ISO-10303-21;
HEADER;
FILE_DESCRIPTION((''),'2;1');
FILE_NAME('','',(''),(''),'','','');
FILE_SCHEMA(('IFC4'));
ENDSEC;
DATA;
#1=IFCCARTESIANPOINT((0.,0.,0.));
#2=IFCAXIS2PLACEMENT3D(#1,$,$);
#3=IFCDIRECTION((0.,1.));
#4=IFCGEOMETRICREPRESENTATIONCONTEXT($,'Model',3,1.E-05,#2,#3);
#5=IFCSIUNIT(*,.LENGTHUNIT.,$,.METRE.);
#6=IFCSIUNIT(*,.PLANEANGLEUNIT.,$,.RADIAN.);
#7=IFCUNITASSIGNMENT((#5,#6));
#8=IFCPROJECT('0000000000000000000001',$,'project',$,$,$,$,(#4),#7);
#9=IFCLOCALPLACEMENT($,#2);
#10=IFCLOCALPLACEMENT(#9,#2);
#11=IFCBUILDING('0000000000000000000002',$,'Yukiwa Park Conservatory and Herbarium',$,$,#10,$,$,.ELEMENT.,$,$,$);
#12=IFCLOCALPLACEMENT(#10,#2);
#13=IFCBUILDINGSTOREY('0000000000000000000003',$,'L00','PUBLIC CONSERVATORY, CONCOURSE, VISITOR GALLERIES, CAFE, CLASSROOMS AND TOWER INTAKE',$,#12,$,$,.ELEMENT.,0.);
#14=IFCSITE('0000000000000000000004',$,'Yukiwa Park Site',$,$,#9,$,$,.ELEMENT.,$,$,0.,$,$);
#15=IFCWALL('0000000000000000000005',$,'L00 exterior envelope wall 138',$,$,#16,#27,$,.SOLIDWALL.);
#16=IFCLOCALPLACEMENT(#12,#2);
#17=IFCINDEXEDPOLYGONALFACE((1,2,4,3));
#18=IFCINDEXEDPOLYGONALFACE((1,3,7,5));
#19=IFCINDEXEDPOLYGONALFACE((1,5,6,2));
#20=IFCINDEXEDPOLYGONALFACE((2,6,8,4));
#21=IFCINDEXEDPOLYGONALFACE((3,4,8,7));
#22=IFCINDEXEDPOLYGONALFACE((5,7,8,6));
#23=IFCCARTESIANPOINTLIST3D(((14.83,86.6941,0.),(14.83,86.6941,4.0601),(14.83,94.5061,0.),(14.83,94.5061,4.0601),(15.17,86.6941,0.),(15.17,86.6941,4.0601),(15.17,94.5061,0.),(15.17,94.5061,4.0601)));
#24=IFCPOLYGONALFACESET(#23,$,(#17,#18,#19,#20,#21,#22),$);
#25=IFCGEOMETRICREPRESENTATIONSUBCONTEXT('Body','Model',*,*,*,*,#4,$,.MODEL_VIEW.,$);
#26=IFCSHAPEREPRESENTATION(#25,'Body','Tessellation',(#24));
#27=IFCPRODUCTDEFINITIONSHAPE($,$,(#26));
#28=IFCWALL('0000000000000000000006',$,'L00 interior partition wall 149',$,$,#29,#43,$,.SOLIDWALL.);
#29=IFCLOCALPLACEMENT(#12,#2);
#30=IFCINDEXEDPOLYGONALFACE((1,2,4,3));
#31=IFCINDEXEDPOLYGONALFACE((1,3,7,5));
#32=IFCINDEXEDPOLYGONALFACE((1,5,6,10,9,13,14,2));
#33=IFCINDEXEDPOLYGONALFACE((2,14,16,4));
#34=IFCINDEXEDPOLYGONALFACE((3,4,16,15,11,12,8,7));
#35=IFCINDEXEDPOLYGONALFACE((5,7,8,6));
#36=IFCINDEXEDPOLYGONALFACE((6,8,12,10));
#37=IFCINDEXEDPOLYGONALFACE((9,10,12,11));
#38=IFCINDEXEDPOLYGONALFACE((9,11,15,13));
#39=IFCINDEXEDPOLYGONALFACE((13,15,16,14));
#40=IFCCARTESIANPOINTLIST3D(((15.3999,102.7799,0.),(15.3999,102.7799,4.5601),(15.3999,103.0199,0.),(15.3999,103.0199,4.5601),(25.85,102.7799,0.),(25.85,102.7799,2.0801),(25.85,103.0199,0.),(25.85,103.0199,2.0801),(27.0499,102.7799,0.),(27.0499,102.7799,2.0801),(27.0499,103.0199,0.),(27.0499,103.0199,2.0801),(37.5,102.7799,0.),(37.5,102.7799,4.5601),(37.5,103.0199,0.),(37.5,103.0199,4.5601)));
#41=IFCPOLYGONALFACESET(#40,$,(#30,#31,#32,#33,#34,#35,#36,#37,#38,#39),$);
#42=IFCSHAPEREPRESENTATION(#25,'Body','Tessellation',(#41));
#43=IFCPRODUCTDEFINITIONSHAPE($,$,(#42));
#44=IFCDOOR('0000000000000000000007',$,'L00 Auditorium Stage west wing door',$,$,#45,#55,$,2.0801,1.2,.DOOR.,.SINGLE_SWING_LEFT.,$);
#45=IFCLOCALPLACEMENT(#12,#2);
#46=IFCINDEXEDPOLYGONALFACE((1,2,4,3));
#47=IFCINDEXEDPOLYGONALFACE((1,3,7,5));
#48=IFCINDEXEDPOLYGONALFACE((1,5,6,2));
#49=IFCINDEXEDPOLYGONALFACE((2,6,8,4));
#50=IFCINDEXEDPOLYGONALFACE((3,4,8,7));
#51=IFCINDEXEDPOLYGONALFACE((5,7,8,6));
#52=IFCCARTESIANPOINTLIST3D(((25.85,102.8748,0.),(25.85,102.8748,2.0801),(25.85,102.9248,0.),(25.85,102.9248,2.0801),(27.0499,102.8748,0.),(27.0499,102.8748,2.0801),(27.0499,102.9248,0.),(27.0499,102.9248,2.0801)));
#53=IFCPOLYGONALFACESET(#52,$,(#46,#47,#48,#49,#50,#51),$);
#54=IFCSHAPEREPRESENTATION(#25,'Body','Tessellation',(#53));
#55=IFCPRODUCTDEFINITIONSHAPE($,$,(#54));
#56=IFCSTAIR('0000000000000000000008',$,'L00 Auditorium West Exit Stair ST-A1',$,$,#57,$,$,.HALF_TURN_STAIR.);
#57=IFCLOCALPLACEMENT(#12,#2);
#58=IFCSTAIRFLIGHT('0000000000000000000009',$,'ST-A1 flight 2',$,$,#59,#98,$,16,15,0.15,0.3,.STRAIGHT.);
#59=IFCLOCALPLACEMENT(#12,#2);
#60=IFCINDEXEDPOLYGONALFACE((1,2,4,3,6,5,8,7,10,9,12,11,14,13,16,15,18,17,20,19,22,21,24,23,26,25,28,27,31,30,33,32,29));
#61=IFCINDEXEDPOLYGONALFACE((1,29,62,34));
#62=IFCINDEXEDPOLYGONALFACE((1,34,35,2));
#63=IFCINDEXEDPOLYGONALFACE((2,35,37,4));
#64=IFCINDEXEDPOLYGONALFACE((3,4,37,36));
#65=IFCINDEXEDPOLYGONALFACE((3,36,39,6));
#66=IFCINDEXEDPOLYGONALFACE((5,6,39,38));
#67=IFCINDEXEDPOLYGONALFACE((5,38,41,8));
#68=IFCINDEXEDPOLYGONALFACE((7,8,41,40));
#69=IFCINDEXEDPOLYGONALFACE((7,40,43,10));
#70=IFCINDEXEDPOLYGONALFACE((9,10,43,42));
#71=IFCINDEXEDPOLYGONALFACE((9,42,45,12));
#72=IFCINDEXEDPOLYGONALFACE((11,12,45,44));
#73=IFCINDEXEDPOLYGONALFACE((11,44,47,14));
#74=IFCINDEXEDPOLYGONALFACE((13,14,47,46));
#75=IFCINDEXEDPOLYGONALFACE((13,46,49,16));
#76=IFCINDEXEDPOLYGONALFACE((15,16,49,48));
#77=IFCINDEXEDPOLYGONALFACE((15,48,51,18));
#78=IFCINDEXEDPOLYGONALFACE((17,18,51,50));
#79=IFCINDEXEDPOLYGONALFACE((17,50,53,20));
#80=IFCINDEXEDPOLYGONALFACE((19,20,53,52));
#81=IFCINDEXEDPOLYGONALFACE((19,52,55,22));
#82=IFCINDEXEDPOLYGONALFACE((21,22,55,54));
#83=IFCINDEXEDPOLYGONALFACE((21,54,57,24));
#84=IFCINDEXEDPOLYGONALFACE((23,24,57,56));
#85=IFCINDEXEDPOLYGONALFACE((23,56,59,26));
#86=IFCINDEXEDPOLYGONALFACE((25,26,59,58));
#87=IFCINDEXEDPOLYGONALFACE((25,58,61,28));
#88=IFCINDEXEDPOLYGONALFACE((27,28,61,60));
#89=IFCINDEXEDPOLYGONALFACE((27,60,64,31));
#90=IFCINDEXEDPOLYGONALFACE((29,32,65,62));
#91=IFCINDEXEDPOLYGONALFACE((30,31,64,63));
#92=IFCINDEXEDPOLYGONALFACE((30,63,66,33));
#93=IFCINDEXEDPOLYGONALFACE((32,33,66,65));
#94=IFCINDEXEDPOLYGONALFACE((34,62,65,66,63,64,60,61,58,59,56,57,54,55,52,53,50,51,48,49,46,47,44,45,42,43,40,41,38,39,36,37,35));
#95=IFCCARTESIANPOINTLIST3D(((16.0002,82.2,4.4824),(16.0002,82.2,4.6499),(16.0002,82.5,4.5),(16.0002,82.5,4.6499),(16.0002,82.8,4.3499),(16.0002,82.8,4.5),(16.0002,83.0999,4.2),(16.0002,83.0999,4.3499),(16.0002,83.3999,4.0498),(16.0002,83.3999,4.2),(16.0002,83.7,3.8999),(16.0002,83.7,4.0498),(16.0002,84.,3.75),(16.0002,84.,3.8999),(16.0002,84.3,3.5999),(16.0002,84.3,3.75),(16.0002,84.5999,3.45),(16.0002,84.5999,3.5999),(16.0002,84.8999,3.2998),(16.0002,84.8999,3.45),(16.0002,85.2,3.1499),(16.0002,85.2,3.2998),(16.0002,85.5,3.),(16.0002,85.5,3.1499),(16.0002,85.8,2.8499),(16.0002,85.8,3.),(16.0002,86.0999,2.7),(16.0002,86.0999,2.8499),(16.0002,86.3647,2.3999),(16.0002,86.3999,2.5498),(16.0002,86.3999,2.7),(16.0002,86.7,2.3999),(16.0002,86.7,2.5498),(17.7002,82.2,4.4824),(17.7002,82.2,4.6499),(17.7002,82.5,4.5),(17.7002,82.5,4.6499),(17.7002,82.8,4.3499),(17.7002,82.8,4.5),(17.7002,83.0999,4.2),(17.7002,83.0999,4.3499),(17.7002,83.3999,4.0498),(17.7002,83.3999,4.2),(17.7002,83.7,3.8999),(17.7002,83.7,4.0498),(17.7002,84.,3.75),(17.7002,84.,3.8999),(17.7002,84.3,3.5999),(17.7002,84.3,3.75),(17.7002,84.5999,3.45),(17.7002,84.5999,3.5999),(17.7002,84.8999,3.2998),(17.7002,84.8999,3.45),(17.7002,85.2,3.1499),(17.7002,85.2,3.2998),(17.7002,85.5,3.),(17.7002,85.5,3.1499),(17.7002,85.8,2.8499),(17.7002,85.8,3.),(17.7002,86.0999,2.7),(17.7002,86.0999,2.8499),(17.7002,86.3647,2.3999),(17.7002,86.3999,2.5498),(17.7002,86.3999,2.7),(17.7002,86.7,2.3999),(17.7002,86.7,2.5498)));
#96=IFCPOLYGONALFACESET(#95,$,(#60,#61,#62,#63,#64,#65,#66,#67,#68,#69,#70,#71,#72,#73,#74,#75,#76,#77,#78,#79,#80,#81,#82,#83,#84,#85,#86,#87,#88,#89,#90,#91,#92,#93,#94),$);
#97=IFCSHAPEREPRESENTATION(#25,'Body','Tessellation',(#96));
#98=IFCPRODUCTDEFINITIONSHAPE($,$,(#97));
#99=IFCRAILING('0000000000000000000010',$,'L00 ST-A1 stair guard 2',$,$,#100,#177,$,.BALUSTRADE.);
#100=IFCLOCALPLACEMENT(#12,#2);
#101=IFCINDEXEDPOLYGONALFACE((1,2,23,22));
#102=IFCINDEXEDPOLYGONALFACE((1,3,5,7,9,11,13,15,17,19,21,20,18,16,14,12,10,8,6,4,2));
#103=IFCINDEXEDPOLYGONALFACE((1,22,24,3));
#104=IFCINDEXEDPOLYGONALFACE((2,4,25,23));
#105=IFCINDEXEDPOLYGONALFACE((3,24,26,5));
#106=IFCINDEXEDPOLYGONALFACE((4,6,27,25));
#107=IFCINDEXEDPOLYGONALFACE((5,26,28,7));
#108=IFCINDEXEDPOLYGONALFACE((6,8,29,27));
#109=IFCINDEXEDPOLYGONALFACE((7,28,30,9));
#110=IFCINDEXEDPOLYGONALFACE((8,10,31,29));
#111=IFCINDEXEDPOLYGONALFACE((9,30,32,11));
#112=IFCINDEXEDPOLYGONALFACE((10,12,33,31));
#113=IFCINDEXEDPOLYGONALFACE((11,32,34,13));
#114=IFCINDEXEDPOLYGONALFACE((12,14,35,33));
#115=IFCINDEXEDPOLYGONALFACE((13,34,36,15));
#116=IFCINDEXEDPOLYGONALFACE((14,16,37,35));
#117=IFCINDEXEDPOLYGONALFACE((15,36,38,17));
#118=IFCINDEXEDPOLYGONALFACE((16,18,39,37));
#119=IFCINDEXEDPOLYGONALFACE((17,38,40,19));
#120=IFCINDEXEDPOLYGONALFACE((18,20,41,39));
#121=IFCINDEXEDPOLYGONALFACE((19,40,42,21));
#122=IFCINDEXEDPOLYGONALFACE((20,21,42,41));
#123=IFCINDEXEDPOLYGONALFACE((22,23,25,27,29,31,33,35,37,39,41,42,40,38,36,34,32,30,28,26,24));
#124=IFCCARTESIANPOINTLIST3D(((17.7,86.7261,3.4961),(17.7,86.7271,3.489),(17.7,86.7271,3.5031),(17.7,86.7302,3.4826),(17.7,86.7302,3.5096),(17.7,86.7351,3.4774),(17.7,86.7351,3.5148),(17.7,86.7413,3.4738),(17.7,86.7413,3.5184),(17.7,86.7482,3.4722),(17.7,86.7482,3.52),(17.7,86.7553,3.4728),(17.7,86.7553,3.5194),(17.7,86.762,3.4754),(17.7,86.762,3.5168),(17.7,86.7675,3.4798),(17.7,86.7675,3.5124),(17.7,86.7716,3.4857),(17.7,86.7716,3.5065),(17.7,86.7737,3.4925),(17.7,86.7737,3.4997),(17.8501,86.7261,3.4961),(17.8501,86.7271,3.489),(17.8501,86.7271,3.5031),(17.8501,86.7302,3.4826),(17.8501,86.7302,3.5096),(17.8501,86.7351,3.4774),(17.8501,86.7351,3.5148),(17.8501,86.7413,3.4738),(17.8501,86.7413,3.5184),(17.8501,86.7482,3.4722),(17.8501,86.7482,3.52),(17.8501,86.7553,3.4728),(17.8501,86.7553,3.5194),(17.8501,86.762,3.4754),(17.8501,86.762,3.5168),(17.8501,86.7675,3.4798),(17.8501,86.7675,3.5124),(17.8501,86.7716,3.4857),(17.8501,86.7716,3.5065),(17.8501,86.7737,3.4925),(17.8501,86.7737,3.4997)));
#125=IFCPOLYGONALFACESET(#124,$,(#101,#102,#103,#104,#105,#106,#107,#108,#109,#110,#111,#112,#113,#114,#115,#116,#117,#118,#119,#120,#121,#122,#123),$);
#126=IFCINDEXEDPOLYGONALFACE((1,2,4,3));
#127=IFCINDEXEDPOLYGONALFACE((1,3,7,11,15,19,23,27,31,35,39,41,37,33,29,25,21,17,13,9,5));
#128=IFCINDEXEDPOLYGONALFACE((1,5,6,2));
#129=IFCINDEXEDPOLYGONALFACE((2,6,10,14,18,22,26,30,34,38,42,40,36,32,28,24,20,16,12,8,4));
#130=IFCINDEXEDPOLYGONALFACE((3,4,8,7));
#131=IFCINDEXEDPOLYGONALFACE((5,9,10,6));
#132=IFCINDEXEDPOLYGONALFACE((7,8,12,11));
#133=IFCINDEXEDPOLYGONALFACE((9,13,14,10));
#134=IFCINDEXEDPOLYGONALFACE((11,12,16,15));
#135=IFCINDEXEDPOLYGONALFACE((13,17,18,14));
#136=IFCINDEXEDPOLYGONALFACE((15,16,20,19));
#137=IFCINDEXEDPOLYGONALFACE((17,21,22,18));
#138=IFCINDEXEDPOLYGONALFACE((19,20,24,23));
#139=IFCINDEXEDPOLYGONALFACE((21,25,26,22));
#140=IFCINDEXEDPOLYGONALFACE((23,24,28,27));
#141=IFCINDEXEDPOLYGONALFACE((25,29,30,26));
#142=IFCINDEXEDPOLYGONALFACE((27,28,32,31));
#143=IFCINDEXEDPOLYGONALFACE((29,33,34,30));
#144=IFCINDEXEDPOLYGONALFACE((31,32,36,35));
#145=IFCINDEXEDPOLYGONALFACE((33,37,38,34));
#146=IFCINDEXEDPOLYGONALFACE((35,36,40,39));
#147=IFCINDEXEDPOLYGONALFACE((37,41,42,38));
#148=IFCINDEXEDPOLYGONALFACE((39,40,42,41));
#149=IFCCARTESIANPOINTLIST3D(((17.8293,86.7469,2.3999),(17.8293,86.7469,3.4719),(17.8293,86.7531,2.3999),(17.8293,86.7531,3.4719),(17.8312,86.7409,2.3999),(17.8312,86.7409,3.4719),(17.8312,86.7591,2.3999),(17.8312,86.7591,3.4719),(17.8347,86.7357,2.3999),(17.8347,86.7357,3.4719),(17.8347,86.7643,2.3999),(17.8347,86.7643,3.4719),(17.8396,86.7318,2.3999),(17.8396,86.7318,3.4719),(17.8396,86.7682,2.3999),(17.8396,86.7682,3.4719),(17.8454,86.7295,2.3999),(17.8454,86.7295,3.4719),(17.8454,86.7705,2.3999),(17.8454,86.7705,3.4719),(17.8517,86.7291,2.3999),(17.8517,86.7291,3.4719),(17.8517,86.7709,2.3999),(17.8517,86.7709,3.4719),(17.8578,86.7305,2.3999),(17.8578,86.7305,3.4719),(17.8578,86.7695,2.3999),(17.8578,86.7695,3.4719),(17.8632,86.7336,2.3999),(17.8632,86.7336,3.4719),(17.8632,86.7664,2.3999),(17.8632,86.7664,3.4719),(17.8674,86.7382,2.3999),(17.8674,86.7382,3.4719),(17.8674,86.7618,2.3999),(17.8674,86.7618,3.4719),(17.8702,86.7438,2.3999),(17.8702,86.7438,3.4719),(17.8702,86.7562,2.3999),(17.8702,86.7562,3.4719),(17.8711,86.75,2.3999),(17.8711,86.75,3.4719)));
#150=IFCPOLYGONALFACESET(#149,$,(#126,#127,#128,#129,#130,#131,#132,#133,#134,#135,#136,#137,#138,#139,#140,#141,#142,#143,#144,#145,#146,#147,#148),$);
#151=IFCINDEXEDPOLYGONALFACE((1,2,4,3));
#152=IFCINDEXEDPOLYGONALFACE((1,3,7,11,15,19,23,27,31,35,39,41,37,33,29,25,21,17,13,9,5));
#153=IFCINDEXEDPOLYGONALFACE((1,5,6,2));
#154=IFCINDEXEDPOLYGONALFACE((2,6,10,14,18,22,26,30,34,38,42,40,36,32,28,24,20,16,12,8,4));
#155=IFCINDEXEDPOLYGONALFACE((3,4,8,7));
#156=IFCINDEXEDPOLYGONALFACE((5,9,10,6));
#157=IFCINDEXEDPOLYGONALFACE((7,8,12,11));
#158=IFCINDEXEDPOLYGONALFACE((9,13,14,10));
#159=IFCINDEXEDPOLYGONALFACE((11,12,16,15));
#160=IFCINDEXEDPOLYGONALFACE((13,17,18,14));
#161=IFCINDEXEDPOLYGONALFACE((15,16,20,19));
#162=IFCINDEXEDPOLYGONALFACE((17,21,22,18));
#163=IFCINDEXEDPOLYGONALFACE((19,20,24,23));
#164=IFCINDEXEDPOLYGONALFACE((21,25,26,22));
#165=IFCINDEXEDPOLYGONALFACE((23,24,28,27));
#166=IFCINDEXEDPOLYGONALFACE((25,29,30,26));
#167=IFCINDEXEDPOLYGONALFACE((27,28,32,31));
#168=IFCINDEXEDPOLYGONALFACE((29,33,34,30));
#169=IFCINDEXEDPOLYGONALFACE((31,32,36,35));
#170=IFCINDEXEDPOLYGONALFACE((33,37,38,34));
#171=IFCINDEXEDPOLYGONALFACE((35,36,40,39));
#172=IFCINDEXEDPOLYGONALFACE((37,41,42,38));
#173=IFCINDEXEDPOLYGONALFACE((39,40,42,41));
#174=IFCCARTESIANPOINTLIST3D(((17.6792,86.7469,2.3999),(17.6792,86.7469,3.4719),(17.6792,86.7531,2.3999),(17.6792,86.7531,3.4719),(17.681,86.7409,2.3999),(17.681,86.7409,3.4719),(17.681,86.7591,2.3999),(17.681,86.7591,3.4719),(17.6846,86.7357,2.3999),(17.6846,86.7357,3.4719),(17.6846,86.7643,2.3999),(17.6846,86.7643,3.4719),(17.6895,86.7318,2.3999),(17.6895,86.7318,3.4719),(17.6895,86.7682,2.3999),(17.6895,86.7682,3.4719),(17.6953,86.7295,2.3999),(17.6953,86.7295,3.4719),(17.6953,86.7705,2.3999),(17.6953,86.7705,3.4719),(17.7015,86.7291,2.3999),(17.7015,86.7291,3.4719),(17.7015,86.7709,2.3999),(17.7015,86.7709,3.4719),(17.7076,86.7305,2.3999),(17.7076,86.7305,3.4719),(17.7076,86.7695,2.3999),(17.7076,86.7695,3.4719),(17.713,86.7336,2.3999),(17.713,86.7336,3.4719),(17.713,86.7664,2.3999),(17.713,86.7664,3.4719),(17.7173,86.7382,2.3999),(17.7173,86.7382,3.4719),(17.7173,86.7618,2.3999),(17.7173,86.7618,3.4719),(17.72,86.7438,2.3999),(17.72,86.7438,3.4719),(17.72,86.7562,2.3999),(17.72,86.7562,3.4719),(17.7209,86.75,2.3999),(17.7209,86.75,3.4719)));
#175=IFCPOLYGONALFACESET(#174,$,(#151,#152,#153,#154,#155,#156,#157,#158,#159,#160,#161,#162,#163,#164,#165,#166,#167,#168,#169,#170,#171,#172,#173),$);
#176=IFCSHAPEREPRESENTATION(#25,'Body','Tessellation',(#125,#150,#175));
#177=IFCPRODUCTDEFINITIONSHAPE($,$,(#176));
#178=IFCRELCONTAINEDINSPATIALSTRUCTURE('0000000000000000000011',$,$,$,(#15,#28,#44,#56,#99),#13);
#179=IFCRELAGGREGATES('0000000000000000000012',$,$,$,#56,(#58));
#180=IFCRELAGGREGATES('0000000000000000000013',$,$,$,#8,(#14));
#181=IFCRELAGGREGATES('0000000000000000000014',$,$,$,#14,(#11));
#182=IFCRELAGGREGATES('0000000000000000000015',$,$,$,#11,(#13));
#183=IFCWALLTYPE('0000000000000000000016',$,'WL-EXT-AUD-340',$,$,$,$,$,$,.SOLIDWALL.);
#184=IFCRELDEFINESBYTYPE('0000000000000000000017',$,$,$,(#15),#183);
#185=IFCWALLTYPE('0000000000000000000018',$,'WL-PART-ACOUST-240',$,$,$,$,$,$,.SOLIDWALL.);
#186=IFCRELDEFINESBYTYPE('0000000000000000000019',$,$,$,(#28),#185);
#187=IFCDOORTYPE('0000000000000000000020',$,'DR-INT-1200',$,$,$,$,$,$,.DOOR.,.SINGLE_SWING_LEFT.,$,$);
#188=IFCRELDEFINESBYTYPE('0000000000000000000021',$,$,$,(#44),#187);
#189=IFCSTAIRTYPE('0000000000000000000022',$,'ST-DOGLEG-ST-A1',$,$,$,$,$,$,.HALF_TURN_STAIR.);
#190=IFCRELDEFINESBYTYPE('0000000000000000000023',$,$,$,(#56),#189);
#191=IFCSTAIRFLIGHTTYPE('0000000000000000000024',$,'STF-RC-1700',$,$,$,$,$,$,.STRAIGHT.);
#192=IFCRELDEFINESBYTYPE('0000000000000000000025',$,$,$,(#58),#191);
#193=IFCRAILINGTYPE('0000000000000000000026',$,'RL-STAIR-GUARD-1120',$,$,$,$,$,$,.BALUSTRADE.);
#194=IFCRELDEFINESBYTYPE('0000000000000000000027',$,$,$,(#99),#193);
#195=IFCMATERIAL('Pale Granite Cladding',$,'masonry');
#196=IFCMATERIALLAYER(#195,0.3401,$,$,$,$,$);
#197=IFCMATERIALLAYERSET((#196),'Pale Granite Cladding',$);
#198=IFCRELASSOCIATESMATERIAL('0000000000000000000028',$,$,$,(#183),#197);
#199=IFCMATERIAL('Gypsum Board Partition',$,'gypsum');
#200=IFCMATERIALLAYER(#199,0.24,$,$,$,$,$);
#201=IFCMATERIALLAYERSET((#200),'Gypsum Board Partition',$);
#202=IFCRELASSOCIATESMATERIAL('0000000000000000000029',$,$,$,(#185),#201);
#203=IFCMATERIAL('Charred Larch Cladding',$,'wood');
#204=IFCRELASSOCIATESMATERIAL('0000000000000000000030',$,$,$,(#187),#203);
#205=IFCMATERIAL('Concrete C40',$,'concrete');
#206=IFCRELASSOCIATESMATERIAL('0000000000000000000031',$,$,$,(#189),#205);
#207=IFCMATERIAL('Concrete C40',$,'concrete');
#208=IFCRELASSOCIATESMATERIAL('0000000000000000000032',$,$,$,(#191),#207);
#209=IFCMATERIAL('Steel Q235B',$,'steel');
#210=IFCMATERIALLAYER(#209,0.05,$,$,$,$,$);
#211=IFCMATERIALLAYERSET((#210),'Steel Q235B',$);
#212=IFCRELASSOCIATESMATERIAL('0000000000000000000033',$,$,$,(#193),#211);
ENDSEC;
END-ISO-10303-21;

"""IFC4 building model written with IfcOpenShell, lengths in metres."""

from ifc_helpers import new_model, si_unit, direction, frame, frame_2d, origin, origin_2d, place, context, subcontext, project, spatial, polyline, rectangle, circle, outline, extrude, material, layer, layer_set, type_object, element, fill, aggregate, save


model = new_model("IFC4")

# Units and contexts
model_context = context("Model", 3, precision=1e-05, world=origin(), true_north=direction((0.0, 1.0)))
body_context = subcontext(model_context, "Body", "Model", "MODEL_VIEW")
ifc_project = project(units=[si_unit("LENGTHUNIT", "METRE"), si_unit("PLANEANGLEUNIT", "RADIAN")], contexts=[model_context])

# Site, building, storey
site_placement = place(None, origin())
site = spatial("IfcSite", under=ifc_project, at=site_placement, Name="Yukiwa Park Site", CompositionType="ELEMENT", RefElevation=0.0)
building_placement = place(site_placement, origin())
building = spatial("IfcBuilding", under=site, at=building_placement, Name="Yukiwa Park Conservatory and Herbarium", CompositionType="ELEMENT")
storey_placement = place(building_placement, origin())
storey = spatial("IfcBuildingStorey", under=building, at=storey_placement, Name="L00", Description="PUBLIC CONSERVATORY, CONCOURSE, VISITOR GALLERIES, CAFE, CLASSROOMS AND TOWER INTAKE", CompositionType="ELEMENT", Elevation=0.0)

# Wall
ifc_material_1 = material(Name="Pale Granite Cladding", Category="masonry")
ifc_layer_1 = layer(ifc_material_1, 0.3401)
ifc_layer_set_1 = layer_set([ifc_layer_1], Name="Pale Granite Cladding")
wall_type_1 = type_object("IfcWallType", Name="WL-EXT-AUD-340", PredefinedType="SOLIDWALL", material=ifc_layer_set_1)
wall_1_placement = place(storey_placement, frame((15.0, 94.5061, 0.0), z_axis=(0.0, 0.0, 1.0), x_axis=(0.0, -1.0, 0.0)))
element("IfcWall", 1, at=wall_1_placement, inside=storey, type_object=wall_type_1, Name="L00 exterior envelope wall 138", PredefinedType="SOLIDWALL", context=body_context, shape_type="SweptSolid", body=[
    extrude(rectangle(XDim=7.812, YDim=0.3401, at=frame_2d((3.906, 0.0))), origin(), (0.0, 0.0, 1.0), 4.0601),
])

# Wall, opening, door
ifc_material_2 = material(Name="Gypsum Board Partition", Category="gypsum")
ifc_layer_2 = layer(ifc_material_2, 0.24)
ifc_layer_set_2 = layer_set([ifc_layer_2], Name="Gypsum Board Partition")
wall_type_2 = type_object("IfcWallType", Name="WL-PART-ACOUST-240", PredefinedType="SOLIDWALL", material=ifc_layer_set_2)
wall_2_placement = place(storey_placement, frame((15.3999, 102.8999, 0.0), z_axis=(0.0, 0.0, 1.0), x_axis=(1.0, 0.0, 0.0)))
wall_2 = element("IfcWall", 2, at=wall_2_placement, inside=storey, type_object=wall_type_2, Name="L00 interior partition wall 149", PredefinedType="SOLIDWALL", context=body_context, shape_type="SweptSolid", body=[
    extrude(rectangle(XDim=22.1001, YDim=0.24, at=frame_2d((11.05, 0.0))), origin(), (0.0, 0.0, 1.0), 4.5601),
])
opening_placement = place(wall_2_placement, frame((10.45, 0.0, 0.0)))
opening = element("IfcOpeningElement", 3, at=opening_placement, cuts=wall_2, PredefinedType="OPENING", context=body_context, shape_type="SweptSolid", body=[
    extrude(rectangle(XDim=1.2, YDim=2.0801, at=frame_2d((0.6001, 1.04))), frame((0.0, 0.1299, 0.0), z_axis=(0.0, -1.0, 0.0), x_axis=(1.0, 0.0, 0.0)), (0.0, 0.0, 1.0), 0.26),
])
ifc_material_3 = material(Name="Charred Larch Cladding", Category="wood")
door_type = type_object("IfcDoorType", Name="DR-INT-1200", OperationType="SINGLE_SWING_LEFT", PredefinedType="DOOR", material=ifc_material_3)
door_placement = place(opening_placement, origin())
door = element("IfcDoor", 4, at=door_placement, inside=storey, type_object=door_type, Name="L00 Auditorium Stage west wing door", OperationType="SINGLE_SWING_LEFT", OverallHeight=2.0801, OverallWidth=1.2, PredefinedType="DOOR", context=body_context, shape_type="SweptSolid", body=[
    extrude(rectangle(XDim=1.2, YDim=2.0801, at=frame_2d((0.6001, 1.04))), frame((0.0, 0.0249, 0.0), z_axis=(0.0, -1.0, 0.0), x_axis=(1.0, 0.0, 0.0)), (0.0, 0.0, 1.0), 0.05),
])
fill(opening, door)

# Stair, stair flight
ifc_material_4 = material(Name="Concrete C40", Category="concrete")
stair_type = type_object("IfcStairType", Name="ST-DOGLEG-ST-A1", PredefinedType="HALF_TURN_STAIR", material=ifc_material_4)
stair_placement = place(storey_placement, origin())
stair = element("IfcStair", 5, at=stair_placement, inside=storey, type_object=stair_type, Name="L00 Auditorium West Exit Stair ST-A1", PredefinedType="HALF_TURN_STAIR")
ifc_material_5 = material(Name="Concrete C40", Category="concrete")
stair_flight_type = type_object("IfcStairFlightType", Name="STF-RC-1700", PredefinedType="STRAIGHT", material=ifc_material_5)
stair_flight_placement = place(storey_placement, frame((16.8501, 86.7, 2.3999), z_axis=(0.0, 0.0, 1.0), x_axis=(0.0, -1.0, 0.0)))
stair_flight = element("IfcStairFlight", 6, at=stair_flight_placement, type_object=stair_flight_type, Name="ST-A1 flight 2", NumberOfRisers=16, NumberOfTreads=15, PredefinedType="STRAIGHT", RiserHeight=0.15, TreadLength=0.3, context=body_context, shape_type="SweptSolid", body=[
    extrude(outline(polyline([(0.0, 0.0), (0.0, 0.1499), (0.3, 0.1499), (0.3, 0.3), (0.6001, 0.3), (0.6001, 0.45), (0.8999, 0.45), (0.8999, 0.6001), (1.2, 0.6001), (1.2, 0.75), (1.5, 0.75), (1.5, 0.8999), (1.8, 0.8999), (1.8, 1.05), (2.1001, 1.05), (2.1001, 1.2), (2.3999, 1.2), (2.3999, 1.3501), (2.7, 1.3501), (2.7, 1.5), (3.0, 1.5), (3.0, 1.6499), (3.3, 1.6499), (3.3, 1.8), (3.6001, 1.8), (3.6001, 1.95), (3.8999, 1.95), (3.8999, 2.1001), (4.2, 2.1001), (4.2, 2.25), (4.5, 2.25), (4.5, 2.3999), (4.5, 2.0825), (0.3352, 0.0), (0.0, 0.0)])), frame((0.0, 0.8501, 0.0), z_axis=(0.0, -1.0, 0.0), x_axis=(1.0, 0.0, 0.0)), (0.0, 0.0, 1.0), 1.7),
])
aggregate(stair, [stair_flight])

# Railing
ifc_material_6 = material(Name="Steel Q235B", Category="steel")
ifc_layer_3 = layer(ifc_material_6, 0.05)
ifc_layer_set_3 = layer_set([ifc_layer_3], Name="Steel Q235B")
railing_type_1 = type_object("IfcRailingType", Name="RL-STAIR-GUARD-1120", PredefinedType="BALUSTRADE", material=ifc_layer_set_3)
railing_1_placement = place(storey_placement, frame((17.8501, 86.75, 2.3999)))
element("IfcRailing", 7, at=railing_1_placement, inside=storey, type_object=railing_type_1, Name="L00 ST-A1 stair guard 2", PredefinedType="BALUSTRADE", context=body_context, shape_type="SweptSolid", body=[
    extrude(circle(Radius=0.0239, at=origin_2d()), frame((0.0, 0.0, 1.0962), z_axis=(-1.0, 0.0, 0.0), x_axis=(0.0, -1.0, 0.0)), (0.0, 0.0, 1.0), 0.1501),
    extrude(circle(Radius=0.021, at=origin_2d()), origin(), (0.0, 0.0, 1.0), 1.072),
    extrude(circle(Radius=0.021, at=origin_2d()), frame((-0.1501, 0.0, 0.0)), (0.0, 0.0, 1.0), 1.072),
])

save(model, "model.ifc")
